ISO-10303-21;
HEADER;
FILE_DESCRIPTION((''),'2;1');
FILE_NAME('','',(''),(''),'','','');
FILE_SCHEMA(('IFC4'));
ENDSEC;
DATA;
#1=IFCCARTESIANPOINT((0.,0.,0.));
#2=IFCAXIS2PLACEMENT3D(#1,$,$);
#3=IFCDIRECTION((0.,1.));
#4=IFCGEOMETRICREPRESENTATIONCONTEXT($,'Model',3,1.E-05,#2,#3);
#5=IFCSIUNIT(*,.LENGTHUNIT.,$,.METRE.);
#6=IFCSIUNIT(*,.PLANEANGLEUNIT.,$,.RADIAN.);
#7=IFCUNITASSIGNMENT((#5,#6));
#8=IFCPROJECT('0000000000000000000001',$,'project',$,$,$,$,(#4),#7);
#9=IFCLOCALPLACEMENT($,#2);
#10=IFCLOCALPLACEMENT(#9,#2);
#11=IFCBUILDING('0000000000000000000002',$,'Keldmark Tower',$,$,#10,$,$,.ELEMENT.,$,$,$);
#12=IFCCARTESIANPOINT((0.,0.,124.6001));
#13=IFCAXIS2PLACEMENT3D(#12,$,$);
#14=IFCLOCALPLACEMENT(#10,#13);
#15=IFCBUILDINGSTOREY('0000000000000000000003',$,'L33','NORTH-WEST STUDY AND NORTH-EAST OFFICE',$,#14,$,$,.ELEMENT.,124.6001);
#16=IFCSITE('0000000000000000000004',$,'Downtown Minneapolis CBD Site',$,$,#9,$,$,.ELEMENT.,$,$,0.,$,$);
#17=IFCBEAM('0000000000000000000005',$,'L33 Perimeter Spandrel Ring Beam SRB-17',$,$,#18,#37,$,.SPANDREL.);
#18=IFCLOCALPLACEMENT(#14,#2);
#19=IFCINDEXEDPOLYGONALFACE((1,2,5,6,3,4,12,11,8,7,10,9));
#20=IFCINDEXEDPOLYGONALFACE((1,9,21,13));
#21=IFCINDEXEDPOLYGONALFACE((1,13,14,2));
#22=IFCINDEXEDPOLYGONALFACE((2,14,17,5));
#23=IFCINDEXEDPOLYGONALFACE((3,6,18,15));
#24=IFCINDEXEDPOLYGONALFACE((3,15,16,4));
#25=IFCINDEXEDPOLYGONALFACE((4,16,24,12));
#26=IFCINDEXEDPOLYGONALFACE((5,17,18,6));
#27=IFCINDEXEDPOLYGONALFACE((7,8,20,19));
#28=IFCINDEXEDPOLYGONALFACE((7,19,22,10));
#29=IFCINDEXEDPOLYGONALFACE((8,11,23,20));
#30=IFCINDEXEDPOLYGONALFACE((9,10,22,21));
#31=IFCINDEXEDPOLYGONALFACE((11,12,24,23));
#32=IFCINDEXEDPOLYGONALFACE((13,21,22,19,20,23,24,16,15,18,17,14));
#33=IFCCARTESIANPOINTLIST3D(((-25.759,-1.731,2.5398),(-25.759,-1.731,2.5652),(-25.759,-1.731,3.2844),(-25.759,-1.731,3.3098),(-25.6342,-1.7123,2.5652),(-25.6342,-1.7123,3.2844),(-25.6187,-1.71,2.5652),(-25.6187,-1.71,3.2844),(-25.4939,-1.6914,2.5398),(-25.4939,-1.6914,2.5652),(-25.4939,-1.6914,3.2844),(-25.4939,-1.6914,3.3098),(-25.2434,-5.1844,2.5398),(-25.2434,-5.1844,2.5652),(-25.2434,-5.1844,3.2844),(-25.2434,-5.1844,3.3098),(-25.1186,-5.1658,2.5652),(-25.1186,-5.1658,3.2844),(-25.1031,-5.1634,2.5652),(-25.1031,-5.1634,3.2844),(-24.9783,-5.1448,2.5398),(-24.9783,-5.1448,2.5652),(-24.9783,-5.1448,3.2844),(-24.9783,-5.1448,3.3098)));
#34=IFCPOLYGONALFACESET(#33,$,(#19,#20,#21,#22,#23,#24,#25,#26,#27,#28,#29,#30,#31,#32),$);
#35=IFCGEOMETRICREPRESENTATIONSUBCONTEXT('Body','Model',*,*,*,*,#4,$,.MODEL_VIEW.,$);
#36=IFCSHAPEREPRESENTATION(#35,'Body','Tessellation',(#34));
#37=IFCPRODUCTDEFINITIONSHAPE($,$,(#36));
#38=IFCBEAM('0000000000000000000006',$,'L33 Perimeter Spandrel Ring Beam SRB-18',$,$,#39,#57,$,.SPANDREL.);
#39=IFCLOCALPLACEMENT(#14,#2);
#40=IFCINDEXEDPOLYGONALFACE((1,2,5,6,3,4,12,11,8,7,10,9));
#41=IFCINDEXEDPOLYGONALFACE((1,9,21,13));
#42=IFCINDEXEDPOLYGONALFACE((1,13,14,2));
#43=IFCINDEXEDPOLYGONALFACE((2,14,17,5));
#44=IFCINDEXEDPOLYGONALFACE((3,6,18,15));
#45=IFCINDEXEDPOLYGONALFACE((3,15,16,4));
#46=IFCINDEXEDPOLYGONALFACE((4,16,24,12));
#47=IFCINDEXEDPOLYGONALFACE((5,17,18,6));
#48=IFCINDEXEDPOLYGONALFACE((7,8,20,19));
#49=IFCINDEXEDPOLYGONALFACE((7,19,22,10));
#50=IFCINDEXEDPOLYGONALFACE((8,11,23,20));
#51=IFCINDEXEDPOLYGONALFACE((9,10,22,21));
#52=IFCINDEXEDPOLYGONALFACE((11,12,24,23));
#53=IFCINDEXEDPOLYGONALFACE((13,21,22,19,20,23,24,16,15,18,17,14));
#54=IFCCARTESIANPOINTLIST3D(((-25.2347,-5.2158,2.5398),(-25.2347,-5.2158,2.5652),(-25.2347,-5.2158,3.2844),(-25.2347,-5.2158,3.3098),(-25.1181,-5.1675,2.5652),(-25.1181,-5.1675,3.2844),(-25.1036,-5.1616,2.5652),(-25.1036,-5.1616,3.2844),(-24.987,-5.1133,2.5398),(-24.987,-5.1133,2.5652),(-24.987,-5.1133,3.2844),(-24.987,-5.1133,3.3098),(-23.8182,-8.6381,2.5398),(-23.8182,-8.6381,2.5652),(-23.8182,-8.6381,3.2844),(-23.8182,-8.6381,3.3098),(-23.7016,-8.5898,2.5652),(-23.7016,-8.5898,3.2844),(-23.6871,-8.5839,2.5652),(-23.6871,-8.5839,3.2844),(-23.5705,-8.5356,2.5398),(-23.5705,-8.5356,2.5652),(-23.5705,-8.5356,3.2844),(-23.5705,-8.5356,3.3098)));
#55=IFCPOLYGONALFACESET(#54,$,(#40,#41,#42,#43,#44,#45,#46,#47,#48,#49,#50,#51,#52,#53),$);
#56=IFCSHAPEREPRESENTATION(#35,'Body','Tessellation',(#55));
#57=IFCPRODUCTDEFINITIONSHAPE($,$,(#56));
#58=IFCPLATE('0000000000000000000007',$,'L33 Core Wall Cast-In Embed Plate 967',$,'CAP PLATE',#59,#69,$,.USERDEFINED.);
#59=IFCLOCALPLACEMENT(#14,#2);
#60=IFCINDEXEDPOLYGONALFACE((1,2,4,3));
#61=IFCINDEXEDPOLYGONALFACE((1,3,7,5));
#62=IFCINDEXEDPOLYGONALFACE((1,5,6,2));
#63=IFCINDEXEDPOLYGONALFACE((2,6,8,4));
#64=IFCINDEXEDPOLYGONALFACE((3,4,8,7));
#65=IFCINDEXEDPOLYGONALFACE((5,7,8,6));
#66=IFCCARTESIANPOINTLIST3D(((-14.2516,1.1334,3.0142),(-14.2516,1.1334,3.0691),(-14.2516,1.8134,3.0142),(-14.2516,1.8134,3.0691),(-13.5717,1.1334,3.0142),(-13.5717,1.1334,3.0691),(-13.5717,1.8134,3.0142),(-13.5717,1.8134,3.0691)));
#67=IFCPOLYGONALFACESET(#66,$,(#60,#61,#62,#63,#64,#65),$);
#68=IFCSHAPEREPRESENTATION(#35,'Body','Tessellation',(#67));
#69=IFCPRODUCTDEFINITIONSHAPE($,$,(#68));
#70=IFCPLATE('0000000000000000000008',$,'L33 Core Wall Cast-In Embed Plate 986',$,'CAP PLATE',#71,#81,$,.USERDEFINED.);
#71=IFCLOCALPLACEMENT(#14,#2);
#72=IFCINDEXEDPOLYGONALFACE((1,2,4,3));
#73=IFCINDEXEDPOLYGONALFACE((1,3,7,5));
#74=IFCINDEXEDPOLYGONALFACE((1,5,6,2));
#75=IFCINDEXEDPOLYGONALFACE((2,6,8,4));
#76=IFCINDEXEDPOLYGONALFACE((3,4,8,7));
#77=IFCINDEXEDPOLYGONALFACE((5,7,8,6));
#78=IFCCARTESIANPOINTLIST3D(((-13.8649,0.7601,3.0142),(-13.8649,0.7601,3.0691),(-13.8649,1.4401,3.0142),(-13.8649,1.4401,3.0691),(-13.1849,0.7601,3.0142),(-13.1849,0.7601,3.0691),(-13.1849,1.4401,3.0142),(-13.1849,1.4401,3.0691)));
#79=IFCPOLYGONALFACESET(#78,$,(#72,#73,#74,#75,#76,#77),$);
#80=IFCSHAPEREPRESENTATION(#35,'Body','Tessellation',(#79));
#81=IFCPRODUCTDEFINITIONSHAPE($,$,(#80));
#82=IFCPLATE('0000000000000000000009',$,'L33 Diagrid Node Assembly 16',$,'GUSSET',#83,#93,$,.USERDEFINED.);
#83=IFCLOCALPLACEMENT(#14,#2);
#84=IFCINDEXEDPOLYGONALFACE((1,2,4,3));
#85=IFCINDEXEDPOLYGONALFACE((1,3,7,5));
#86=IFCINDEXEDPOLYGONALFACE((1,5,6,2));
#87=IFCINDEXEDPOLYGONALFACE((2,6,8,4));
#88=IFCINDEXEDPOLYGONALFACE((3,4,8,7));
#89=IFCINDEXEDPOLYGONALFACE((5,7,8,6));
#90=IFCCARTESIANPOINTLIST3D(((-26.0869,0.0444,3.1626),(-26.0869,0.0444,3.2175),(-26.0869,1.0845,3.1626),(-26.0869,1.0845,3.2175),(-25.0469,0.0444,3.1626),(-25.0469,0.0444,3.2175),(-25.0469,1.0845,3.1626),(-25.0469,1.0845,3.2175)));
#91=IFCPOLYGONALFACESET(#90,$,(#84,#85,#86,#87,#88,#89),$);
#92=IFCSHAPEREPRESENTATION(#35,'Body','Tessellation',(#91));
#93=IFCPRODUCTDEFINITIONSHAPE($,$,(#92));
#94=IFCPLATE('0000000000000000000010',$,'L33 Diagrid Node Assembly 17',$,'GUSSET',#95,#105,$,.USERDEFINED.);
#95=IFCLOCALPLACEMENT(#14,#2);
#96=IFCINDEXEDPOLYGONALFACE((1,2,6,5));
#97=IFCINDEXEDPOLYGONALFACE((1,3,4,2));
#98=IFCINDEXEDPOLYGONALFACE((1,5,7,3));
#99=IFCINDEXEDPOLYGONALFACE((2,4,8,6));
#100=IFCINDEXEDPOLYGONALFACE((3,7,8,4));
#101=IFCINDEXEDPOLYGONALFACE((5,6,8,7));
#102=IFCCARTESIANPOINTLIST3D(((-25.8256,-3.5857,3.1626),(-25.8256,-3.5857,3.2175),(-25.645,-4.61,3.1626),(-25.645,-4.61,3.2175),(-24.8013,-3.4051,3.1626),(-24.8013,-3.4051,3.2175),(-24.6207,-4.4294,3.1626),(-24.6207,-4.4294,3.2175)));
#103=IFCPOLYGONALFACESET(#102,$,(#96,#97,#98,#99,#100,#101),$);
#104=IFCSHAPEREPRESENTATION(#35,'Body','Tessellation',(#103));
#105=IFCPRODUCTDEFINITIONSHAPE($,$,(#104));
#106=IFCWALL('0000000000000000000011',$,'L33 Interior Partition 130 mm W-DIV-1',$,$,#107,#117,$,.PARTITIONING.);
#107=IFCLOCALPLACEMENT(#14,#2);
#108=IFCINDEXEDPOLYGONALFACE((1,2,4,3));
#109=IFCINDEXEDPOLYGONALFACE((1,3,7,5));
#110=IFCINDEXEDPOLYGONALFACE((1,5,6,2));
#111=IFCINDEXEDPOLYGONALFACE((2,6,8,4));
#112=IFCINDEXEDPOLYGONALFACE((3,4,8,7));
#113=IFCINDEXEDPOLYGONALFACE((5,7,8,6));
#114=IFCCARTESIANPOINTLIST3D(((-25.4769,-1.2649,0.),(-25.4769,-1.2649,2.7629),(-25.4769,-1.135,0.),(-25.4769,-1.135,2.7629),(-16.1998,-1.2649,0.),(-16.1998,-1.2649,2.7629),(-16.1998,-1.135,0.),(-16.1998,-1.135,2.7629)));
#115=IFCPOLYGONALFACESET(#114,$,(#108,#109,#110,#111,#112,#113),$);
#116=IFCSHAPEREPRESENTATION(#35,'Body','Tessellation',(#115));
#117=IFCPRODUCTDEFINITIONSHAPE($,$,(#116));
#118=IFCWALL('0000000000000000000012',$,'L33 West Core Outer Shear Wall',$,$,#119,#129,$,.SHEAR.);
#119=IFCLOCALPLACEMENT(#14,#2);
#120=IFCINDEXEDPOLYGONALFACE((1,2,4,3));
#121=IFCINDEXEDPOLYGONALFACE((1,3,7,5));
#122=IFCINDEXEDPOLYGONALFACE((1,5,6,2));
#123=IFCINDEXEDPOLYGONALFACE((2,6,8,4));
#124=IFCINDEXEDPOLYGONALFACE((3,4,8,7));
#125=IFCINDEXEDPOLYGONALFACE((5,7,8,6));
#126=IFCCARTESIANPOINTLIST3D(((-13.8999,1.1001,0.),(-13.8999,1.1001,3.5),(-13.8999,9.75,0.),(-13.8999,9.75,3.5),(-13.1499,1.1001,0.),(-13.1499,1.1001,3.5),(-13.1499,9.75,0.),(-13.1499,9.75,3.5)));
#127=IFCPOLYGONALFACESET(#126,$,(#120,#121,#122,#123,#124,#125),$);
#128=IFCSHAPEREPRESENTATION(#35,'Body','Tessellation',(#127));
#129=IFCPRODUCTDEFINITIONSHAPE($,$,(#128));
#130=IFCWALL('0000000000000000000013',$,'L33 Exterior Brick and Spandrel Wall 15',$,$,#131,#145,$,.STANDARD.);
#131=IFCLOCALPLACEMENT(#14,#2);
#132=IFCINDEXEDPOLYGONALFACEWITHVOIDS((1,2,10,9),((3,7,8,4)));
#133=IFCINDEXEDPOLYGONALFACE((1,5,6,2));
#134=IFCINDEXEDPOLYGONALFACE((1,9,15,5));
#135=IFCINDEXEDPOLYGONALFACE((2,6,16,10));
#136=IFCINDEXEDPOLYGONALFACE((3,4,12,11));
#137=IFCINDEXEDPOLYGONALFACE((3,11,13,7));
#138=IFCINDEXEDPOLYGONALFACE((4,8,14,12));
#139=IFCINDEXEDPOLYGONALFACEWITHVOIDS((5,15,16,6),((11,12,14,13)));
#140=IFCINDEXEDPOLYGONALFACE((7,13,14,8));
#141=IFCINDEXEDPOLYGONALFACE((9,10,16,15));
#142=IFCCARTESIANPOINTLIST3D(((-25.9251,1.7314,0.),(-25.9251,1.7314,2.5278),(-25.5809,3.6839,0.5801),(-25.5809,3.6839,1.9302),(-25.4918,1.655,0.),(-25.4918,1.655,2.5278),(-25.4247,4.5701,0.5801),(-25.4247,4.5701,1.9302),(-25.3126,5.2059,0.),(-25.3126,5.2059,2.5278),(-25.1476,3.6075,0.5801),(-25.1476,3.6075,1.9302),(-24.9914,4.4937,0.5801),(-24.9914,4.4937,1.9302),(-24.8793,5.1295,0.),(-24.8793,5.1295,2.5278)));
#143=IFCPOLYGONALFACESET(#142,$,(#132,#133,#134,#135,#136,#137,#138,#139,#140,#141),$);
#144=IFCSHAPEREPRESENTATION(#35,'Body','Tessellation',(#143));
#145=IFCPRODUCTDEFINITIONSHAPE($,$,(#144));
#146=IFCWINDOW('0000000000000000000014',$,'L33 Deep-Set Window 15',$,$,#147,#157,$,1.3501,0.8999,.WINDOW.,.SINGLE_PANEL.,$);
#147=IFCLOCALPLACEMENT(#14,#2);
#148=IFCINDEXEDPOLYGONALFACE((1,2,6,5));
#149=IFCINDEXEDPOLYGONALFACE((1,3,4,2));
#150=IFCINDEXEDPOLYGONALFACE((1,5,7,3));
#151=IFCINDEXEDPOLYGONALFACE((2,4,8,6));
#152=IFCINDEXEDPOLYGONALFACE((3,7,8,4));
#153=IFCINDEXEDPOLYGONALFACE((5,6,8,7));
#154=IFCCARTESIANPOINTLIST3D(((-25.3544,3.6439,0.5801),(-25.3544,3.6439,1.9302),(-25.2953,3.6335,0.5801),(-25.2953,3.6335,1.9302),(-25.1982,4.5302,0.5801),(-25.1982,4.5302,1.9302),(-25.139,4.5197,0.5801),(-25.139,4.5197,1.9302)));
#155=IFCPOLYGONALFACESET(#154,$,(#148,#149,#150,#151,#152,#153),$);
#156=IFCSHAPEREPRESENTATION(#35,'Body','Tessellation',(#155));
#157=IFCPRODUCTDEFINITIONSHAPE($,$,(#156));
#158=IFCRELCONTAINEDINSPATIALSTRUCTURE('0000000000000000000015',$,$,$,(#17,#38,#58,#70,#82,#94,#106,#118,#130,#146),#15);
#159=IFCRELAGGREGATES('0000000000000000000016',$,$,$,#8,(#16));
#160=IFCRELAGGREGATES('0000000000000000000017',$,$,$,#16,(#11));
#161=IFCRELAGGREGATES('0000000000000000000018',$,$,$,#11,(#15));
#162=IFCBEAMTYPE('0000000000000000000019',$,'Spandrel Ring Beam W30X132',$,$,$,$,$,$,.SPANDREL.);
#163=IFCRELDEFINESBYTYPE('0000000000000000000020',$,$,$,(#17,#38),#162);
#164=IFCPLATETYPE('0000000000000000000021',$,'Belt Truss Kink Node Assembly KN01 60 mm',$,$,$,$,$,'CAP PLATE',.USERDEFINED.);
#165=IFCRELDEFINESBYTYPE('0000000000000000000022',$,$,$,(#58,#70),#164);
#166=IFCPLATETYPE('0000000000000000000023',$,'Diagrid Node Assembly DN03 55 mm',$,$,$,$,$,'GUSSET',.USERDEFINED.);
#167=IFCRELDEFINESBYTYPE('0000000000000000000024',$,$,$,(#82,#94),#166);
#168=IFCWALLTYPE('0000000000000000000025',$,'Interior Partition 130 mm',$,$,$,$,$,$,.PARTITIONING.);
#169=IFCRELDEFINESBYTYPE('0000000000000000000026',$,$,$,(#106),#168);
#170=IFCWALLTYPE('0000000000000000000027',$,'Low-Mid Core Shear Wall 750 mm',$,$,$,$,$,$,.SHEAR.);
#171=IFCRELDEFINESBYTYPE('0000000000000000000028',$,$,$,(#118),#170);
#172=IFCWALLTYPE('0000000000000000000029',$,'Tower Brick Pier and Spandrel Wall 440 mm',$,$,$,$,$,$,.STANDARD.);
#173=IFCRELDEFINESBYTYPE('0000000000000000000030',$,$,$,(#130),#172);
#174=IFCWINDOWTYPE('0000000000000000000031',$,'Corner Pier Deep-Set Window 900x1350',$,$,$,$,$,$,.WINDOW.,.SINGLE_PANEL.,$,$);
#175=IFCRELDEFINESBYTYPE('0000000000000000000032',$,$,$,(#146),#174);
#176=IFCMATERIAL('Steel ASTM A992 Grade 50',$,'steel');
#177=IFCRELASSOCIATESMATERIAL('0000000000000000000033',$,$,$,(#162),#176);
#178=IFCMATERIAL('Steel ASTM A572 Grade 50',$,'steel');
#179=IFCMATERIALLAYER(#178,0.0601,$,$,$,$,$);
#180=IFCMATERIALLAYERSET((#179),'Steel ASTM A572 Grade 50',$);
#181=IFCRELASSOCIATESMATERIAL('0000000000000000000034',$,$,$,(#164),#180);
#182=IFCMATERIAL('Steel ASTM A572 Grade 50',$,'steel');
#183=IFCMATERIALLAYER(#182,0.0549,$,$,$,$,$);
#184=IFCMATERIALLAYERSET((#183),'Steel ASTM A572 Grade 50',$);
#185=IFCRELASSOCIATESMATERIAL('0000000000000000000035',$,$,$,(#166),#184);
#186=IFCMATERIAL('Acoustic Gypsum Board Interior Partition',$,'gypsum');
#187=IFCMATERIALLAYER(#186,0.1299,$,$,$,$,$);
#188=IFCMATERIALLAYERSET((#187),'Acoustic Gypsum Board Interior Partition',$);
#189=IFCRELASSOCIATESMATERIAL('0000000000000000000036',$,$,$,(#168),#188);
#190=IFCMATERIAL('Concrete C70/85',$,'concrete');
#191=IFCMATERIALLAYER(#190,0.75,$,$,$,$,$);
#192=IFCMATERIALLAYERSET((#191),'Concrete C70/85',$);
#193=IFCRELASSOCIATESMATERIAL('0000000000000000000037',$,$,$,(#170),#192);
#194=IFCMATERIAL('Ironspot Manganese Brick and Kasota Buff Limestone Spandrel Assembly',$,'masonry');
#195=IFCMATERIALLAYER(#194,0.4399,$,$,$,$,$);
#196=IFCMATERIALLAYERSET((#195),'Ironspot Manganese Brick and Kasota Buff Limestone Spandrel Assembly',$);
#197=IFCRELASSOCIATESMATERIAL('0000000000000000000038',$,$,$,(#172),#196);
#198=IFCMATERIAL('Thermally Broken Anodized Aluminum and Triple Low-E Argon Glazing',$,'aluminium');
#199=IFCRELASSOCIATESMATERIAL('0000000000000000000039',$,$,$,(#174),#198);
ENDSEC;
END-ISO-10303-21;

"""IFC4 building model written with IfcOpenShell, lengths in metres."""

from ifc_helpers import new_model, si_unit, direction, frame, frame_2d, origin, origin_2d, place, context, subcontext, project, spatial, rectangle, i_section, extrude, material, layer, layer_set, material_profile, profile_set, type_object, element, fill, save


model = new_model("IFC4")

# Units and contexts
model_context = context("Model", 3, precision=1e-05, world=origin(), true_north=direction((0.0, 1.0)))
body_context = subcontext(model_context, "Body", "Model", "MODEL_VIEW")
ifc_project = project(units=[si_unit("LENGTHUNIT", "METRE"), si_unit("PLANEANGLEUNIT", "RADIAN")], contexts=[model_context])

# Site, building, storey
site_placement = place(None, origin())
site = spatial("IfcSite", under=ifc_project, at=site_placement, Name="Downtown Minneapolis CBD Site", CompositionType="ELEMENT", RefElevation=0.0)
building_placement = place(site_placement, origin())
building = spatial("IfcBuilding", under=site, at=building_placement, Name="Keldmark Tower", CompositionType="ELEMENT")
storey_placement = place(building_placement, frame((0.0, 0.0, 124.6001)))
storey = spatial("IfcBuildingStorey", under=building, at=storey_placement, Name="L33", Description="NORTH-WEST STUDY AND NORTH-EAST OFFICE", CompositionType="ELEMENT", Elevation=124.6001)

# Beams
ifc_material_1 = material(Name="Steel ASTM A992 Grade 50", Category="steel")
ifc_material_profile_1 = material_profile(ifc_material_1, i_section(OverallWidth=0.2681, OverallDepth=0.77, WebThickness=0.0156, FlangeThickness=0.0254, at=origin_2d()), Name="W30X132")
ifc_profile_set_1 = profile_set([ifc_material_profile_1], Name="Steel ASTM A992 Grade 50")
beam_type_1 = type_object("IfcBeamType", Name="Spandrel Ring Beam W30X132", PredefinedType="SPANDREL", material=ifc_profile_set_1)
beam_1_placement = place(storey_placement, frame((-25.6265, -1.7112, 2.9248), z_axis=(0.147674, -0.989036, 0.0), x_axis=(0.989036, 0.147674, 0.0)))
element("IfcBeam", 1, at=beam_1_placement, inside=storey, type_object=beam_type_1, Name="L33 Perimeter Spandrel Ring Beam SRB-17", PredefinedType="SPANDREL", context=body_context, shape_type="SweptSolid", body=[
    extrude(i_section(OverallWidth=0.2681, OverallDepth=0.77, WebThickness=0.0156, FlangeThickness=0.0254, at=origin_2d()), origin(), (0.0, 0.0, 1.0), 3.4917),
])
beam_2_placement = place(storey_placement, frame((-25.1108, -5.1646, 2.9248), z_axis=(0.382433, -0.923983, 0.0), x_axis=(0.923983, 0.382433, 0.0)))
element("IfcBeam", 2, at=beam_2_placement, inside=storey, type_object=beam_type_1, Name="L33 Perimeter Spandrel Ring Beam SRB-18", PredefinedType="SPANDREL", context=body_context, shape_type="SweptSolid", body=[
    extrude(i_section(OverallWidth=0.2681, OverallDepth=0.77, WebThickness=0.0156, FlangeThickness=0.0254, at=origin_2d()), origin(), (0.0, 0.0, 1.0), 3.7039),
])

# Plates
ifc_material_2 = material(Name="Steel ASTM A572 Grade 50", Category="steel")
ifc_layer_1 = layer(ifc_material_2, 0.0601)
ifc_layer_set_1 = layer_set([ifc_layer_1], Name="Steel ASTM A572 Grade 50")
plate_type_1 = type_object("IfcPlateType", Name="Belt Truss Kink Node Assembly KN01 60 mm", ElementType="CAP PLATE", PredefinedType="USERDEFINED", material=ifc_layer_set_1)
for number, where, z_axis, x_axis, name in (
    (3, (-13.9116, 1.4734, 3.0142), (0.0, 0.0, 1.0), (1.0, 0.0, 0.0), "L33 Core Wall Cast-In Embed Plate 967"),
    (4, (-13.5249, 1.1001, 3.0142), (0.0, 0.0, 1.0), (1.0, 0.0, 0.0), "L33 Core Wall Cast-In Embed Plate 986"),
):
    element("IfcPlate", number, at=place(storey_placement, frame(where, z_axis=z_axis, x_axis=x_axis)), inside=storey, type_object=plate_type_1, Name=name, ObjectType="CAP PLATE", PredefinedType="USERDEFINED", context=body_context, shape_type="SweptSolid", body=[
        extrude(rectangle(XDim=0.6799, YDim=0.6799, at=origin_2d()), origin(), (0.0, 0.0, 1.0), 0.0549),
    ])
ifc_material_3 = material(Name="Steel ASTM A572 Grade 50", Category="steel")
ifc_layer_2 = layer(ifc_material_3, 0.0549)
ifc_layer_set_2 = layer_set([ifc_layer_2], Name="Steel ASTM A572 Grade 50")
plate_type_2 = type_object("IfcPlateType", Name="Diagrid Node Assembly DN03 55 mm", ElementType="GUSSET", PredefinedType="USERDEFINED", material=ifc_layer_set_2)
for number, where, z_axis, x_axis, name in (
    (5, (-25.5669, 0.5645, 3.1626), (0.0, 0.0, 1.0), (0.0, -1.0, 0.0), "L33 Diagrid Node Assembly 16"),
    (6, (-25.2231, -4.0076, 3.1626), (0.0, 0.0, 1.0), (0.173648, -0.984808, 0.0), "L33 Diagrid Node Assembly 17"),
):
    element("IfcPlate", number, at=place(storey_placement, frame(where, z_axis=z_axis, x_axis=x_axis)), inside=storey, type_object=plate_type_2, Name=name, ObjectType="GUSSET", PredefinedType="USERDEFINED", context=body_context, shape_type="SweptSolid", body=[
        extrude(rectangle(XDim=1.04, YDim=1.04, at=origin_2d()), origin(), (0.0, 0.0, 1.0), 0.0549),
    ])

# Walls
ifc_material_4 = material(Name="Acoustic Gypsum Board Interior Partition", Category="gypsum")
ifc_layer_3 = layer(ifc_material_4, 0.1299)
ifc_layer_set_3 = layer_set([ifc_layer_3], Name="Acoustic Gypsum Board Interior Partition")
wall_type_1 = type_object("IfcWallType", Name="Interior Partition 130 mm", PredefinedType="PARTITIONING", material=ifc_layer_set_3)
wall_1_placement = place(storey_placement, frame((-25.4771, -1.2, 0.0), z_axis=(0.0, 0.0, 1.0), x_axis=(1.0, 0.0, 0.0)))
element("IfcWall", 7, at=wall_1_placement, inside=storey, type_object=wall_type_1, Name="L33 Interior Partition 130 mm W-DIV-1", PredefinedType="PARTITIONING", context=body_context, shape_type="SweptSolid", body=[
    extrude(rectangle(XDim=9.2771, YDim=0.1299, at=frame_2d((4.6387, 0.0))), origin(), (0.0, 0.0, 1.0), 2.7629),
])
ifc_material_5 = material(Name="Concrete C70/85", Category="concrete")
ifc_layer_4 = layer(ifc_material_5, 0.75)
ifc_layer_set_4 = layer_set([ifc_layer_4], Name="Concrete C70/85")
wall_type_2 = type_object("IfcWallType", Name="Low-Mid Core Shear Wall 750 mm", PredefinedType="SHEAR", material=ifc_layer_set_4)
wall_2_placement = place(storey_placement, frame((-13.5249, 1.1001, 0.0), z_axis=(0.0, 0.0, 1.0), x_axis=(0.0, 1.0, 0.0)))
element("IfcWall", 8, at=wall_2_placement, inside=storey, type_object=wall_type_2, Name="L33 West Core Outer Shear Wall", PredefinedType="SHEAR", context=body_context, shape_type="SweptSolid", body=[
    extrude(rectangle(XDim=8.6499, YDim=0.75, at=frame_2d((4.325, 0.0))), origin(), (0.0, 0.0, 1.0), 3.5),
])

# Wall, opening, window
ifc_material_6 = material(Name="Ironspot Manganese Brick and Kasota Buff Limestone Spandrel Assembly", Category="masonry")
ifc_layer_5 = layer(ifc_material_6, 0.4399)
ifc_layer_set_5 = layer_set([ifc_layer_5], Name="Ironspot Manganese Brick and Kasota Buff Limestone Spandrel Assembly")
wall_type_3 = type_object("IfcWallType", Name="Tower Brick Pier and Spandrel Wall 440 mm", PredefinedType="STANDARD", material=ifc_layer_set_5)
wall_3_placement = place(storey_placement, frame((-25.7085, 1.6931, 0.0), z_axis=(0.0, 0.0, 1.0), x_axis=(0.173616, 0.984813, 0.0)))
wall_3 = element("IfcWall", 9, at=wall_3_placement, inside=storey, type_object=wall_type_3, Name="L33 Exterior Brick and Spandrel Wall 15", PredefinedType="STANDARD", context=body_context, shape_type="SweptSolid", body=[
    extrude(rectangle(XDim=3.5281, YDim=0.4399, at=frame_2d((1.7642, 0.0))), origin(), (0.0, 0.0, 1.0), 2.5278),
])
opening_1_placement = place(wall_3_placement, frame((1.9827, 0.0, 0.5801)))
opening_1 = element("IfcOpeningElement", 10, at=opening_1_placement, cuts=wall_3, PredefinedType="OPENING", context=body_context, shape_type="SweptSolid", body=[
    extrude(rectangle(XDim=0.8999, YDim=1.3501, at=frame_2d((0.45, 0.675))), frame((0.0, 0.23, 0.0), z_axis=(0.0, -1.0, 0.0), x_axis=(1.0, 0.0, 0.0)), (0.0, 0.0, 1.0), 0.46),
])
ifc_material_7 = material(Name="Thermally Broken Anodized Aluminum and Triple Low-E Argon Glazing", Category="aluminium")
window_type_1 = type_object("IfcWindowType", Name="Corner Pier Deep-Set Window 900x1350", PartitioningType="SINGLE_PANEL", PredefinedType="WINDOW", material=ifc_material_7)
window_1_placement = place(opening_1_placement, origin())
window_1 = element("IfcWindow", 11, at=window_1_placement, inside=storey, type_object=window_type_1, Name="L33 Deep-Set Window 15", OverallHeight=1.3501, OverallWidth=0.8999, PartitioningType="SINGLE_PANEL", PredefinedType="WINDOW", context=body_context, shape_type="SweptSolid", body=[
    extrude(rectangle(XDim=0.8999, YDim=1.3501, at=frame_2d((0.45, 0.675))), frame((0.0, -0.01, 0.0), z_axis=(0.0, -1.0, 0.0), x_axis=(1.0, 0.0, 0.0)), (0.0, 0.0, 1.0), 0.0601),
])
fill(opening_1, window_1)

save(model, "model.ifc")
